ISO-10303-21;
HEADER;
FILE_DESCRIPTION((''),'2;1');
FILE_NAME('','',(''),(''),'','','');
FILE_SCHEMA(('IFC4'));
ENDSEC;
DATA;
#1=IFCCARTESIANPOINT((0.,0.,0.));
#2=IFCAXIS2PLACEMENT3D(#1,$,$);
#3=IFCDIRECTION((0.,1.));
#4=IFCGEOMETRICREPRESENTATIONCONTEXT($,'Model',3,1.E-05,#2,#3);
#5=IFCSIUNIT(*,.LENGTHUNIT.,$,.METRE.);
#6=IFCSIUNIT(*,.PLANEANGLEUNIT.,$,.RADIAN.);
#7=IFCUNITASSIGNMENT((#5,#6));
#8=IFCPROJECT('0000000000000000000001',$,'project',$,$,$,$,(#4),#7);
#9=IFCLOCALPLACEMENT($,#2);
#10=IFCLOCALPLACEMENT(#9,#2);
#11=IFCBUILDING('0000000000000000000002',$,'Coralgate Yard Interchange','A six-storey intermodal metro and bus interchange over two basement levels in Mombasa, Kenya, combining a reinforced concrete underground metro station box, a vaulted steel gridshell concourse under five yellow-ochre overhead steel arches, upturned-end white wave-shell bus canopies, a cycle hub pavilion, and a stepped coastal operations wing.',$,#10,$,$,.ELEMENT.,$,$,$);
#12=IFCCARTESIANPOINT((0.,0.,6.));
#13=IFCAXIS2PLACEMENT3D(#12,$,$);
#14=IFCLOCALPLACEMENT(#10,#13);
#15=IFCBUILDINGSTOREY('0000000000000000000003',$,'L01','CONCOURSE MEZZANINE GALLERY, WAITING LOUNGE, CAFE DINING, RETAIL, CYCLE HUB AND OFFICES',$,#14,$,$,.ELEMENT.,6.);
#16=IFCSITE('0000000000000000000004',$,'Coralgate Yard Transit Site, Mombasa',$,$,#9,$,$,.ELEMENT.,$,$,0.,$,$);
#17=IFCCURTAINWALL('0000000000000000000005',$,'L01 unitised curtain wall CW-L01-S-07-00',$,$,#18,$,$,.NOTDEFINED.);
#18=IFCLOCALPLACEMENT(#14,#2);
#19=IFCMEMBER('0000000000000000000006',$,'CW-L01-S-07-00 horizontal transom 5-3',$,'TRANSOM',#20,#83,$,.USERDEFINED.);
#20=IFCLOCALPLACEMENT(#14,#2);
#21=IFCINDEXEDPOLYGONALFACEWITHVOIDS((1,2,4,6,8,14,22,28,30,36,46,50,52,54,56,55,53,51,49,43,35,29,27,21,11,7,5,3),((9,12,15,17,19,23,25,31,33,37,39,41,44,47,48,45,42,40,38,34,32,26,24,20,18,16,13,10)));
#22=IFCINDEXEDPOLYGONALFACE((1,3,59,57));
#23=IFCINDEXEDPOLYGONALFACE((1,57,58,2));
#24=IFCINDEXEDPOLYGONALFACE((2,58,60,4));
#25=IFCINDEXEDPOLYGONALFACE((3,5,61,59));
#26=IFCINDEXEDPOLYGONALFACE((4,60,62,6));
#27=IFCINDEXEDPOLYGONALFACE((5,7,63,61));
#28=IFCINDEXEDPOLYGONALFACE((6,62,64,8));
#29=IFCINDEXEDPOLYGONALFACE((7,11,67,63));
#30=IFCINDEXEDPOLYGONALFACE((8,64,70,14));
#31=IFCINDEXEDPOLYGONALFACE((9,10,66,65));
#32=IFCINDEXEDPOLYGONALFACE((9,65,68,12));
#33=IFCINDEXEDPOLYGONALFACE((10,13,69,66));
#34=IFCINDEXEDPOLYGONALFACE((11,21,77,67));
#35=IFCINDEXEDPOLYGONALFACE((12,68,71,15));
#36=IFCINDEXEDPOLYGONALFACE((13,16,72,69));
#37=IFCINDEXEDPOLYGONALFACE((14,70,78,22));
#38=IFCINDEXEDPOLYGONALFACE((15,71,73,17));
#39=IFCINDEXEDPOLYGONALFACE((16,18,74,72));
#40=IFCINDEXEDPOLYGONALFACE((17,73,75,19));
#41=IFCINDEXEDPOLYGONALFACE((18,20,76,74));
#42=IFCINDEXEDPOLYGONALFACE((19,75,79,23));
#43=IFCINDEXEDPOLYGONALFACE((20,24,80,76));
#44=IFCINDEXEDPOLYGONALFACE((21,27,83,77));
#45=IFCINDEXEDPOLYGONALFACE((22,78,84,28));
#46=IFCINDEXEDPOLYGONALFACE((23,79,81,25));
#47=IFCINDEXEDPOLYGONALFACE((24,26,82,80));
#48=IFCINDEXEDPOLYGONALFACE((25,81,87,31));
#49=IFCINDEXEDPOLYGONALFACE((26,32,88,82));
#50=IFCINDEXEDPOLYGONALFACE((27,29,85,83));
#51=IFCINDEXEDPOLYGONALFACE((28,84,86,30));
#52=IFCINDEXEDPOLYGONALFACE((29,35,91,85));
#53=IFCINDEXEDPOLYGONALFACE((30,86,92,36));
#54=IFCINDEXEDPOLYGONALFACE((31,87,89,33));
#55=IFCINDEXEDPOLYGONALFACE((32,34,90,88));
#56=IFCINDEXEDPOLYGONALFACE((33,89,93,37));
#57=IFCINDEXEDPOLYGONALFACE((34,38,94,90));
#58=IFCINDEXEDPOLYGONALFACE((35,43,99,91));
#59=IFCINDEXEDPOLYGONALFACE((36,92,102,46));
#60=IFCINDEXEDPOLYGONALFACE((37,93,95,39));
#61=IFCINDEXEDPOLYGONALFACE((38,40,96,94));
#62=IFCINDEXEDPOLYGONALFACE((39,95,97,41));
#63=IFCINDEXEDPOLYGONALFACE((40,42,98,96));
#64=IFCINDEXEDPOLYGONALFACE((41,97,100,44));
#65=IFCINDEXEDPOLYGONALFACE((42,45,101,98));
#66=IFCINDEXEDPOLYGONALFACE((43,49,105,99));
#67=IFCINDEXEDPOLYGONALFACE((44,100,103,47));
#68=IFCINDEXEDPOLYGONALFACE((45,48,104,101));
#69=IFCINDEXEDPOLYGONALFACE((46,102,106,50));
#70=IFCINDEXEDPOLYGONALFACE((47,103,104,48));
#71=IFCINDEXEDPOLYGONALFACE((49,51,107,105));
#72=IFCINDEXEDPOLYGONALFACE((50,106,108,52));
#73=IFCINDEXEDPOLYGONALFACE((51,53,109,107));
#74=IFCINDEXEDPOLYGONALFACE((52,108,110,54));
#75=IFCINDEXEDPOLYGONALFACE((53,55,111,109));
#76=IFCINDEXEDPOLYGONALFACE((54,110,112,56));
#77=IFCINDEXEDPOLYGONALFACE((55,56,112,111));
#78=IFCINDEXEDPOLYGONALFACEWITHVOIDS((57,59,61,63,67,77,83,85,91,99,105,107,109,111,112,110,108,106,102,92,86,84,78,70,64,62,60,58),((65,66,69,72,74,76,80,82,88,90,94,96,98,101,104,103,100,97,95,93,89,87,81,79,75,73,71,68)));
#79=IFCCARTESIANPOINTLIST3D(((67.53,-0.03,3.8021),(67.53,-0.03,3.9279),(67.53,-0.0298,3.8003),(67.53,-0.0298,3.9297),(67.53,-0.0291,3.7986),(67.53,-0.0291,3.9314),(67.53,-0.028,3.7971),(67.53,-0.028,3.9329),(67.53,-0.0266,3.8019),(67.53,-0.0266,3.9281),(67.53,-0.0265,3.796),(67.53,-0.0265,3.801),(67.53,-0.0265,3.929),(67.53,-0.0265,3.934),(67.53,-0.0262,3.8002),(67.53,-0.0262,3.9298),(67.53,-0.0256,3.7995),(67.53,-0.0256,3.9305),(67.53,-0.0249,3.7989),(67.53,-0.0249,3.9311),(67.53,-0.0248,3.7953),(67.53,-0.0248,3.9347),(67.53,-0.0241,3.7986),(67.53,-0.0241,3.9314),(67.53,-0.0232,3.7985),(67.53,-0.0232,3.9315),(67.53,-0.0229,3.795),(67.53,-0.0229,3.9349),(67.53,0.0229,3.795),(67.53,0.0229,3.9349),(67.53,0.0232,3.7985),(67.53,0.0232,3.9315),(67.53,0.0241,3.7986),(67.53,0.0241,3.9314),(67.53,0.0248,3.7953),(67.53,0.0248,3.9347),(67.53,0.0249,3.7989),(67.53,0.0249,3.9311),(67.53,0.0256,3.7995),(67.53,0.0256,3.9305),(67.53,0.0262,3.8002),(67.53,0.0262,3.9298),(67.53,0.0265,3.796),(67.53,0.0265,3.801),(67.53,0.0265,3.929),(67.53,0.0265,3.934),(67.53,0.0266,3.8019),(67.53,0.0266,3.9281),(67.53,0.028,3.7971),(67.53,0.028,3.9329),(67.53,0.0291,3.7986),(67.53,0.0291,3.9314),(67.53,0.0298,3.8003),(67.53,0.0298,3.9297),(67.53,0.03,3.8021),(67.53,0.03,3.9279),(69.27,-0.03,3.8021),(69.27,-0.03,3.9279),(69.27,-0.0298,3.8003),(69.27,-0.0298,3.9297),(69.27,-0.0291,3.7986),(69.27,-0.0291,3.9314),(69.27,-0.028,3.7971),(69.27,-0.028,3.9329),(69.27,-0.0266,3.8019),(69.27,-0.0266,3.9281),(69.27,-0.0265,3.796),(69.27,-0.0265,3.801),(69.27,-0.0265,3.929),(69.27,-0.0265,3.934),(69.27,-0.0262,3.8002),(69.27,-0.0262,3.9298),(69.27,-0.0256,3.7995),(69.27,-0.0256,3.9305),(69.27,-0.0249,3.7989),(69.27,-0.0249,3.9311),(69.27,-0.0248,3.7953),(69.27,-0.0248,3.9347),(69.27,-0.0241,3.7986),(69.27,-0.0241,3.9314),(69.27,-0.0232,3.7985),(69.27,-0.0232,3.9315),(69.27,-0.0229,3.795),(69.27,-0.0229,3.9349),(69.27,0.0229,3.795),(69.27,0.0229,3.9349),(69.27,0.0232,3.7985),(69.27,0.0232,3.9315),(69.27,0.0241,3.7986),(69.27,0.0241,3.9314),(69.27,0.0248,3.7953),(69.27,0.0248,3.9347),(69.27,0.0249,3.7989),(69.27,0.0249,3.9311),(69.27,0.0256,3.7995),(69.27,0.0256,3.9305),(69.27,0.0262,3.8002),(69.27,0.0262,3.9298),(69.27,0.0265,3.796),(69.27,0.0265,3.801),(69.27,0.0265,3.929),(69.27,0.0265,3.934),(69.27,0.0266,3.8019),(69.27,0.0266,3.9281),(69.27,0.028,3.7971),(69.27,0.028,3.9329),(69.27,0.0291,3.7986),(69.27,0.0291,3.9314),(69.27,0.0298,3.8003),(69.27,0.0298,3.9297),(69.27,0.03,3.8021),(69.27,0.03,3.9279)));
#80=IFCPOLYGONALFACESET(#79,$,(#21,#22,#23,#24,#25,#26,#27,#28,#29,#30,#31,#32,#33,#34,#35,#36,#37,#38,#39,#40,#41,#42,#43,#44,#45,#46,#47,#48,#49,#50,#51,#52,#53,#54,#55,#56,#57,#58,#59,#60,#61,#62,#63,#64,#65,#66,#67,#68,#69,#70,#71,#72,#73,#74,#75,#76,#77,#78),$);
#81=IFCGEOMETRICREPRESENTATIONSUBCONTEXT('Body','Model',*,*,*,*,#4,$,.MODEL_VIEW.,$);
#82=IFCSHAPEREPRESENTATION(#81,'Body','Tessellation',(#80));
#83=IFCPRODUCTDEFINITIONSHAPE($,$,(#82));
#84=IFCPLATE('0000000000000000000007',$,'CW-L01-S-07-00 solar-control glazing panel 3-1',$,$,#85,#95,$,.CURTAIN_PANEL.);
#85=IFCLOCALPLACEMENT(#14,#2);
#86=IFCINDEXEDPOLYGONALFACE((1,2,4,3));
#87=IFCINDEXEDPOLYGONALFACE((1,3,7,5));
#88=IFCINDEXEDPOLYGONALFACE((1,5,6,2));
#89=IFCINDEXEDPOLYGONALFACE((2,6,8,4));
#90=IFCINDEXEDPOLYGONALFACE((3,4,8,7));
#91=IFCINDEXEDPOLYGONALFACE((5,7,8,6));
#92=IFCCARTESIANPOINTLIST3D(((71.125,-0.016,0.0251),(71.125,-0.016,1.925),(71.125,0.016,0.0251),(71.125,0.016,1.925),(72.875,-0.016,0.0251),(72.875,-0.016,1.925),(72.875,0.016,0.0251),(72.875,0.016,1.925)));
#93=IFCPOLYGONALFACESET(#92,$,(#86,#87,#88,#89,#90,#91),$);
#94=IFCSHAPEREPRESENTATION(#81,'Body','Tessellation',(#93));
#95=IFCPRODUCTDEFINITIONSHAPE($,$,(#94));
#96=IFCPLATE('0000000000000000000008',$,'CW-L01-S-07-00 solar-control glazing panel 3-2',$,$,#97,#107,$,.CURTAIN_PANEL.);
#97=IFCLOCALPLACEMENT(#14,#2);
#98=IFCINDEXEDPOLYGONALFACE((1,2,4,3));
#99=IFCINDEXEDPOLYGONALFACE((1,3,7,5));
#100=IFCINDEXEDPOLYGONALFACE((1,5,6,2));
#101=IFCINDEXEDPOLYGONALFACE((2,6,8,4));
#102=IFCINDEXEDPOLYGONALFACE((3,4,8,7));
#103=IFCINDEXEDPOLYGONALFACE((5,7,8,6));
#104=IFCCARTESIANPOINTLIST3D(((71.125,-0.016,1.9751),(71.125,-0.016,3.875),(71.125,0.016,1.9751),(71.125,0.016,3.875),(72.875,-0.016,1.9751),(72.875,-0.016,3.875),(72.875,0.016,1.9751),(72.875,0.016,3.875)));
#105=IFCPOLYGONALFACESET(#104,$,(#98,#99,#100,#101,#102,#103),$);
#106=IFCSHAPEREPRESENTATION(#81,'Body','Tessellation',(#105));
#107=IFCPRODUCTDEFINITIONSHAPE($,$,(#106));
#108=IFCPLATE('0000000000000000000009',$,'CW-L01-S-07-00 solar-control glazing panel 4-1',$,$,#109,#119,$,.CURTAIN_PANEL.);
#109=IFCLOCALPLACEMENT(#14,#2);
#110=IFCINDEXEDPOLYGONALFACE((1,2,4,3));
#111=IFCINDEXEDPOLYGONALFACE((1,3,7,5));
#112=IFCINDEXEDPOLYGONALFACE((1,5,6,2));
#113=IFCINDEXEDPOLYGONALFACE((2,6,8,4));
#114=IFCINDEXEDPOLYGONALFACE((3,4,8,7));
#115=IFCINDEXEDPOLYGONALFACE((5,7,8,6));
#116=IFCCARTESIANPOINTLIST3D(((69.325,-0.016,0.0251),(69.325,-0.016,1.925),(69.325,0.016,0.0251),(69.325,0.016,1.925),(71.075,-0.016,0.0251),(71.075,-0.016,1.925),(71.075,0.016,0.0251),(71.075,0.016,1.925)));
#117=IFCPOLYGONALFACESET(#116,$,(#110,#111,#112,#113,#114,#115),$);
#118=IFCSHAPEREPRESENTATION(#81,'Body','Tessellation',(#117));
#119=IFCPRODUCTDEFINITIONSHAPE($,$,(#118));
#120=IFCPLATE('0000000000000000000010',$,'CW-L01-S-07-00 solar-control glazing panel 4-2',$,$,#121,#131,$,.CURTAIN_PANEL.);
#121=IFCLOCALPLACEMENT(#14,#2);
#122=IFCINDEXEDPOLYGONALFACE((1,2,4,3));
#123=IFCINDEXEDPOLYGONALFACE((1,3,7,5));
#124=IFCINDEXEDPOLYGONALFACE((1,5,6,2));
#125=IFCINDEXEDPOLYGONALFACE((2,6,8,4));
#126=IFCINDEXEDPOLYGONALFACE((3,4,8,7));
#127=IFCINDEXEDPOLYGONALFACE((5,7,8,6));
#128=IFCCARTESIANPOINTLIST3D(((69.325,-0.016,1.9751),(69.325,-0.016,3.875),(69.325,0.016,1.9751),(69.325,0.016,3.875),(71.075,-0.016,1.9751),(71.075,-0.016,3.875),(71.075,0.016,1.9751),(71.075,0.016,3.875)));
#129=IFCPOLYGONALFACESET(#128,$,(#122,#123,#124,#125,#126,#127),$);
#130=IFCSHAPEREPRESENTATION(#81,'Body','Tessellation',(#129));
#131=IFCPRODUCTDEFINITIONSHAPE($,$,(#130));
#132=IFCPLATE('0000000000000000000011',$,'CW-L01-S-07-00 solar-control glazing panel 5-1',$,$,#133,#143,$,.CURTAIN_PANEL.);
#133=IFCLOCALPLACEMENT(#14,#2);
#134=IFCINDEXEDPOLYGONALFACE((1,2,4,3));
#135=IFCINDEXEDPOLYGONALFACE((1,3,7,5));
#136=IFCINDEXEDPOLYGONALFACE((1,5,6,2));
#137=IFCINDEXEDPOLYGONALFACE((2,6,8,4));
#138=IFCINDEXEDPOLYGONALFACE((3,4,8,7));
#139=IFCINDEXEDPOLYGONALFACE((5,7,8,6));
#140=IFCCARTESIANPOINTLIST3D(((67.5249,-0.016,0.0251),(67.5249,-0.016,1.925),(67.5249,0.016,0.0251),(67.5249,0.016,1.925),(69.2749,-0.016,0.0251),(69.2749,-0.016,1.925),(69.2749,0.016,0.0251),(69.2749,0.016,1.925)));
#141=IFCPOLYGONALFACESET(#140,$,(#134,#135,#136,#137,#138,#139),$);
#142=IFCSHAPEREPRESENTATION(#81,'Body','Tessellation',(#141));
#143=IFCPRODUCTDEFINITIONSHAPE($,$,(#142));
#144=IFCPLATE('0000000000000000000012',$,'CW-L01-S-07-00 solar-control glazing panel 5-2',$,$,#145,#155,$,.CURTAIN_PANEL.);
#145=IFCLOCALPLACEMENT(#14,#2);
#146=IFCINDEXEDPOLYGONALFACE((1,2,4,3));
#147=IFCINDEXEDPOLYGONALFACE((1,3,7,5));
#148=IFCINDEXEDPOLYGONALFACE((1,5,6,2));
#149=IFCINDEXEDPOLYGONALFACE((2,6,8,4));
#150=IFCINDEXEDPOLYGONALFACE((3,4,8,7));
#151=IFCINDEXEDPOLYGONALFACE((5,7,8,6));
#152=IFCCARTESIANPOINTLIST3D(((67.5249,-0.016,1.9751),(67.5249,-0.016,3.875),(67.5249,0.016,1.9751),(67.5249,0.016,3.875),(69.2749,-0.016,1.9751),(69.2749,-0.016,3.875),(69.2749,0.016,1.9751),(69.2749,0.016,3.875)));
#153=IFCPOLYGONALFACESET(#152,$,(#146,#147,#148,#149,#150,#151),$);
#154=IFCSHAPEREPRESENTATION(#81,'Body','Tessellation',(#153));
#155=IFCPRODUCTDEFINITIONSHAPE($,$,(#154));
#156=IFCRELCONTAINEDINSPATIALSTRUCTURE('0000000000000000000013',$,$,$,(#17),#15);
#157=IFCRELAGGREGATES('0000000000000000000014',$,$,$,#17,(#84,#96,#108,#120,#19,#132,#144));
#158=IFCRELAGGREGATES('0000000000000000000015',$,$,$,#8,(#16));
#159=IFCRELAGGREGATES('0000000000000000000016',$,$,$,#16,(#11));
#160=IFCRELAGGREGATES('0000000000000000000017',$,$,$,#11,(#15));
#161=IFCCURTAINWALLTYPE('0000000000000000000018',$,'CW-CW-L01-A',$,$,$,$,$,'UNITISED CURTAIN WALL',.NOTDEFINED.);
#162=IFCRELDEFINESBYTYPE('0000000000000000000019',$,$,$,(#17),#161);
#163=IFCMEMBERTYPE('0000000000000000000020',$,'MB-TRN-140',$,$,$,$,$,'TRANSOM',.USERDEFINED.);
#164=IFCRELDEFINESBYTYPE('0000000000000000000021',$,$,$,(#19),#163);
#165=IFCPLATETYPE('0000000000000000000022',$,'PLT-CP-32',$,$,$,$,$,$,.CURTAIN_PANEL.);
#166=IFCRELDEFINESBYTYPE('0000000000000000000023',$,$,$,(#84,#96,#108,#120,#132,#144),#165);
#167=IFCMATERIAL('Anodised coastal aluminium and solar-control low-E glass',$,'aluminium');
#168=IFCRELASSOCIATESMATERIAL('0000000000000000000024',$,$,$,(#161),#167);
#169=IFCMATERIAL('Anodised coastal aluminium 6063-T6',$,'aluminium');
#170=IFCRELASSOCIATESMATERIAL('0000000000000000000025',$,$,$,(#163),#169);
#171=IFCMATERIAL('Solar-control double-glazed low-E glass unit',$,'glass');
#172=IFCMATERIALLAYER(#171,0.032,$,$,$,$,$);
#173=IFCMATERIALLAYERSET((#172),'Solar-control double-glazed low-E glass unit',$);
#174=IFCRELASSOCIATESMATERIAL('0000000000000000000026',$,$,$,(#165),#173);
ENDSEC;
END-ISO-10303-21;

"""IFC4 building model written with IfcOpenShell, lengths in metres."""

from ifc_helpers import new_model, si_unit, direction, frame, origin, origin_2d, place, context, subcontext, project, spatial, rectangle, hollow_rectangle, extrude, material, layer, layer_set, material_profile, profile_set, type_object, element, aggregate, save


model = new_model("IFC4")

# Units and contexts
model_context = context("Model", 3, precision=1e-05, world=origin(), true_north=direction((0.0, 1.0)))
body_context = subcontext(model_context, "Body", "Model", "MODEL_VIEW")
ifc_project = project(units=[si_unit("LENGTHUNIT", "METRE"), si_unit("PLANEANGLEUNIT", "RADIAN")], contexts=[model_context])

# Site, building, storey
site_placement = place(None, origin())
site = spatial("IfcSite", under=ifc_project, at=site_placement, Name="Coralgate Yard Transit Site, Mombasa", CompositionType="ELEMENT", RefElevation=0.0)
building_placement = place(site_placement, origin())
building = spatial("IfcBuilding", under=site, at=building_placement, Name="Coralgate Yard Interchange", Description="A six-storey intermodal metro and bus interchange over two basement levels in Mombasa, Kenya, combining a reinforced concrete underground metro station box, a vaulted steel gridshell concourse under five yellow-ochre overhead steel arches, upturned-end white wave-shell bus canopies, a cycle hub pavilion, and a stepped coastal operations wing.", CompositionType="ELEMENT")
storey_placement = place(building_placement, frame((0.0, 0.0, 6.0)))
storey = spatial("IfcBuildingStorey", under=building, at=storey_placement, Name="L01", Description="CONCOURSE MEZZANINE GALLERY, WAITING LOUNGE, CAFE DINING, RETAIL, CYCLE HUB AND OFFICES", CompositionType="ELEMENT", Elevation=6.0)

# Shared definitions
ifc_material_1 = material(Name="Anodised coastal aluminium and solar-control low-E glass", Category="aluminium")
curtain_wall_type = type_object("IfcCurtainWallType", Name="CW-CW-L01-A", ElementType="UNITISED CURTAIN WALL", PredefinedType="NOTDEFINED", material=ifc_material_1)
ifc_material_2 = material(Name="Anodised coastal aluminium 6063-T6", Category="aluminium")

# Curtain wall
curtain_wall_1_placement = place(storey_placement, origin())
curtain_wall_1 = element("IfcCurtainWall", 1, at=curtain_wall_1_placement, inside=storey, type_object=curtain_wall_type, Name="L01 unitised curtain wall CW-L01-S-07-00", PredefinedType="NOTDEFINED")

# Member
ifc_material_profile_1 = material_profile(ifc_material_2, hollow_rectangle(XDim=0.0601, YDim=0.1399, WallThickness=0.0034, InnerFilletRadius=0.0034, OuterFilletRadius=0.0071, at=origin_2d()), Name="ALU 60x140x3.5")
ifc_profile_set_1 = profile_set([ifc_material_profile_1], Name="Anodised coastal aluminium 6063-T6")
member_type_1 = type_object("IfcMemberType", Name="MB-TRN-140", ElementType="TRANSOM", PredefinedType="USERDEFINED", material=ifc_profile_set_1)
member_1_placement = place(storey_placement, frame((69.27, 0.0, 3.865), z_axis=(-1.0, 0.0, 0.0), x_axis=(0.0, -1.0, 0.0)))
member_1 = element("IfcMember", 2, at=member_1_placement, type_object=member_type_1, Name="CW-L01-S-07-00 horizontal transom 5-3", ObjectType="TRANSOM", PredefinedType="USERDEFINED", context=body_context, shape_type="SweptSolid", body=[
    extrude(hollow_rectangle(XDim=0.0601, YDim=0.1399, WallThickness=0.0034, InnerFilletRadius=0.0034, OuterFilletRadius=0.0071, at=origin_2d()), origin(), (0.0, 0.0, 1.0), 1.74),
])

# Plates
ifc_material_3 = material(Name="Solar-control double-glazed low-E glass unit", Category="glass")
ifc_layer = layer(ifc_material_3, 0.032)
ifc_layer_set = layer_set([ifc_layer], Name="Solar-control double-glazed low-E glass unit")
plate_type = type_object("IfcPlateType", Name="PLT-CP-32", PredefinedType="CURTAIN_PANEL", material=ifc_layer_set)
plate_1_placement = place(storey_placement, frame((72.0, 0.0, 0.0251), z_axis=(0.0, 0.0, 1.0), x_axis=(-1.0, 0.0, 0.0)))
plate_1 = element("IfcPlate", 3, at=plate_1_placement, type_object=plate_type, Name="CW-L01-S-07-00 solar-control glazing panel 3-1", PredefinedType="CURTAIN_PANEL", context=body_context, shape_type="SweptSolid", body=[
    extrude(rectangle(XDim=1.75, YDim=0.032, at=origin_2d()), origin(), (0.0, 0.0, 1.0), 1.8999),
])
plate_2_placement = place(storey_placement, frame((72.0, 0.0, 1.9751), z_axis=(0.0, 0.0, 1.0), x_axis=(-1.0, 0.0, 0.0)))
plate_2 = element("IfcPlate", 4, at=plate_2_placement, type_object=plate_type, Name="CW-L01-S-07-00 solar-control glazing panel 3-2", PredefinedType="CURTAIN_PANEL", context=body_context, shape_type="SweptSolid", body=[
    extrude(rectangle(XDim=1.75, YDim=0.032, at=origin_2d()), origin(), (0.0, 0.0, 1.0), 1.8999),
])
plate_3_placement = place(storey_placement, frame((70.2, 0.0, 0.0251), z_axis=(0.0, 0.0, 1.0), x_axis=(-1.0, 0.0, 0.0)))
plate_3 = element("IfcPlate", 5, at=plate_3_placement, type_object=plate_type, Name="CW-L01-S-07-00 solar-control glazing panel 4-1", PredefinedType="CURTAIN_PANEL", context=body_context, shape_type="SweptSolid", body=[
    extrude(rectangle(XDim=1.75, YDim=0.032, at=origin_2d()), origin(), (0.0, 0.0, 1.0), 1.8999),
])
plate_4_placement = place(storey_placement, frame((70.2, 0.0, 1.9751), z_axis=(0.0, 0.0, 1.0), x_axis=(-1.0, 0.0, 0.0)))
plate_4 = element("IfcPlate", 6, at=plate_4_placement, type_object=plate_type, Name="CW-L01-S-07-00 solar-control glazing panel 4-2", PredefinedType="CURTAIN_PANEL", context=body_context, shape_type="SweptSolid", body=[
    extrude(rectangle(XDim=1.75, YDim=0.032, at=origin_2d()), origin(), (0.0, 0.0, 1.0), 1.8999),
])
plate_5_placement = place(storey_placement, frame((68.3999, 0.0, 0.0251), z_axis=(0.0, 0.0, 1.0), x_axis=(-1.0, 0.0, 0.0)))
plate_5 = element("IfcPlate", 7, at=plate_5_placement, type_object=plate_type, Name="CW-L01-S-07-00 solar-control glazing panel 5-1", PredefinedType="CURTAIN_PANEL", context=body_context, shape_type="SweptSolid", body=[
    extrude(rectangle(XDim=1.75, YDim=0.032, at=origin_2d()), origin(), (0.0, 0.0, 1.0), 1.8999),
])
plate_6_placement = place(storey_placement, frame((68.3999, 0.0, 1.9751), z_axis=(0.0, 0.0, 1.0), x_axis=(-1.0, 0.0, 0.0)))
plate_6 = element("IfcPlate", 8, at=plate_6_placement, type_object=plate_type, Name="CW-L01-S-07-00 solar-control glazing panel 5-2", PredefinedType="CURTAIN_PANEL", context=body_context, shape_type="SweptSolid", body=[
    extrude(rectangle(XDim=1.75, YDim=0.032, at=origin_2d()), origin(), (0.0, 0.0, 1.0), 1.8999),
])
aggregate(curtain_wall_1, [plate_1, plate_2, plate_3, plate_4, member_1, plate_5, plate_6])

save(model, "model.ifc")
